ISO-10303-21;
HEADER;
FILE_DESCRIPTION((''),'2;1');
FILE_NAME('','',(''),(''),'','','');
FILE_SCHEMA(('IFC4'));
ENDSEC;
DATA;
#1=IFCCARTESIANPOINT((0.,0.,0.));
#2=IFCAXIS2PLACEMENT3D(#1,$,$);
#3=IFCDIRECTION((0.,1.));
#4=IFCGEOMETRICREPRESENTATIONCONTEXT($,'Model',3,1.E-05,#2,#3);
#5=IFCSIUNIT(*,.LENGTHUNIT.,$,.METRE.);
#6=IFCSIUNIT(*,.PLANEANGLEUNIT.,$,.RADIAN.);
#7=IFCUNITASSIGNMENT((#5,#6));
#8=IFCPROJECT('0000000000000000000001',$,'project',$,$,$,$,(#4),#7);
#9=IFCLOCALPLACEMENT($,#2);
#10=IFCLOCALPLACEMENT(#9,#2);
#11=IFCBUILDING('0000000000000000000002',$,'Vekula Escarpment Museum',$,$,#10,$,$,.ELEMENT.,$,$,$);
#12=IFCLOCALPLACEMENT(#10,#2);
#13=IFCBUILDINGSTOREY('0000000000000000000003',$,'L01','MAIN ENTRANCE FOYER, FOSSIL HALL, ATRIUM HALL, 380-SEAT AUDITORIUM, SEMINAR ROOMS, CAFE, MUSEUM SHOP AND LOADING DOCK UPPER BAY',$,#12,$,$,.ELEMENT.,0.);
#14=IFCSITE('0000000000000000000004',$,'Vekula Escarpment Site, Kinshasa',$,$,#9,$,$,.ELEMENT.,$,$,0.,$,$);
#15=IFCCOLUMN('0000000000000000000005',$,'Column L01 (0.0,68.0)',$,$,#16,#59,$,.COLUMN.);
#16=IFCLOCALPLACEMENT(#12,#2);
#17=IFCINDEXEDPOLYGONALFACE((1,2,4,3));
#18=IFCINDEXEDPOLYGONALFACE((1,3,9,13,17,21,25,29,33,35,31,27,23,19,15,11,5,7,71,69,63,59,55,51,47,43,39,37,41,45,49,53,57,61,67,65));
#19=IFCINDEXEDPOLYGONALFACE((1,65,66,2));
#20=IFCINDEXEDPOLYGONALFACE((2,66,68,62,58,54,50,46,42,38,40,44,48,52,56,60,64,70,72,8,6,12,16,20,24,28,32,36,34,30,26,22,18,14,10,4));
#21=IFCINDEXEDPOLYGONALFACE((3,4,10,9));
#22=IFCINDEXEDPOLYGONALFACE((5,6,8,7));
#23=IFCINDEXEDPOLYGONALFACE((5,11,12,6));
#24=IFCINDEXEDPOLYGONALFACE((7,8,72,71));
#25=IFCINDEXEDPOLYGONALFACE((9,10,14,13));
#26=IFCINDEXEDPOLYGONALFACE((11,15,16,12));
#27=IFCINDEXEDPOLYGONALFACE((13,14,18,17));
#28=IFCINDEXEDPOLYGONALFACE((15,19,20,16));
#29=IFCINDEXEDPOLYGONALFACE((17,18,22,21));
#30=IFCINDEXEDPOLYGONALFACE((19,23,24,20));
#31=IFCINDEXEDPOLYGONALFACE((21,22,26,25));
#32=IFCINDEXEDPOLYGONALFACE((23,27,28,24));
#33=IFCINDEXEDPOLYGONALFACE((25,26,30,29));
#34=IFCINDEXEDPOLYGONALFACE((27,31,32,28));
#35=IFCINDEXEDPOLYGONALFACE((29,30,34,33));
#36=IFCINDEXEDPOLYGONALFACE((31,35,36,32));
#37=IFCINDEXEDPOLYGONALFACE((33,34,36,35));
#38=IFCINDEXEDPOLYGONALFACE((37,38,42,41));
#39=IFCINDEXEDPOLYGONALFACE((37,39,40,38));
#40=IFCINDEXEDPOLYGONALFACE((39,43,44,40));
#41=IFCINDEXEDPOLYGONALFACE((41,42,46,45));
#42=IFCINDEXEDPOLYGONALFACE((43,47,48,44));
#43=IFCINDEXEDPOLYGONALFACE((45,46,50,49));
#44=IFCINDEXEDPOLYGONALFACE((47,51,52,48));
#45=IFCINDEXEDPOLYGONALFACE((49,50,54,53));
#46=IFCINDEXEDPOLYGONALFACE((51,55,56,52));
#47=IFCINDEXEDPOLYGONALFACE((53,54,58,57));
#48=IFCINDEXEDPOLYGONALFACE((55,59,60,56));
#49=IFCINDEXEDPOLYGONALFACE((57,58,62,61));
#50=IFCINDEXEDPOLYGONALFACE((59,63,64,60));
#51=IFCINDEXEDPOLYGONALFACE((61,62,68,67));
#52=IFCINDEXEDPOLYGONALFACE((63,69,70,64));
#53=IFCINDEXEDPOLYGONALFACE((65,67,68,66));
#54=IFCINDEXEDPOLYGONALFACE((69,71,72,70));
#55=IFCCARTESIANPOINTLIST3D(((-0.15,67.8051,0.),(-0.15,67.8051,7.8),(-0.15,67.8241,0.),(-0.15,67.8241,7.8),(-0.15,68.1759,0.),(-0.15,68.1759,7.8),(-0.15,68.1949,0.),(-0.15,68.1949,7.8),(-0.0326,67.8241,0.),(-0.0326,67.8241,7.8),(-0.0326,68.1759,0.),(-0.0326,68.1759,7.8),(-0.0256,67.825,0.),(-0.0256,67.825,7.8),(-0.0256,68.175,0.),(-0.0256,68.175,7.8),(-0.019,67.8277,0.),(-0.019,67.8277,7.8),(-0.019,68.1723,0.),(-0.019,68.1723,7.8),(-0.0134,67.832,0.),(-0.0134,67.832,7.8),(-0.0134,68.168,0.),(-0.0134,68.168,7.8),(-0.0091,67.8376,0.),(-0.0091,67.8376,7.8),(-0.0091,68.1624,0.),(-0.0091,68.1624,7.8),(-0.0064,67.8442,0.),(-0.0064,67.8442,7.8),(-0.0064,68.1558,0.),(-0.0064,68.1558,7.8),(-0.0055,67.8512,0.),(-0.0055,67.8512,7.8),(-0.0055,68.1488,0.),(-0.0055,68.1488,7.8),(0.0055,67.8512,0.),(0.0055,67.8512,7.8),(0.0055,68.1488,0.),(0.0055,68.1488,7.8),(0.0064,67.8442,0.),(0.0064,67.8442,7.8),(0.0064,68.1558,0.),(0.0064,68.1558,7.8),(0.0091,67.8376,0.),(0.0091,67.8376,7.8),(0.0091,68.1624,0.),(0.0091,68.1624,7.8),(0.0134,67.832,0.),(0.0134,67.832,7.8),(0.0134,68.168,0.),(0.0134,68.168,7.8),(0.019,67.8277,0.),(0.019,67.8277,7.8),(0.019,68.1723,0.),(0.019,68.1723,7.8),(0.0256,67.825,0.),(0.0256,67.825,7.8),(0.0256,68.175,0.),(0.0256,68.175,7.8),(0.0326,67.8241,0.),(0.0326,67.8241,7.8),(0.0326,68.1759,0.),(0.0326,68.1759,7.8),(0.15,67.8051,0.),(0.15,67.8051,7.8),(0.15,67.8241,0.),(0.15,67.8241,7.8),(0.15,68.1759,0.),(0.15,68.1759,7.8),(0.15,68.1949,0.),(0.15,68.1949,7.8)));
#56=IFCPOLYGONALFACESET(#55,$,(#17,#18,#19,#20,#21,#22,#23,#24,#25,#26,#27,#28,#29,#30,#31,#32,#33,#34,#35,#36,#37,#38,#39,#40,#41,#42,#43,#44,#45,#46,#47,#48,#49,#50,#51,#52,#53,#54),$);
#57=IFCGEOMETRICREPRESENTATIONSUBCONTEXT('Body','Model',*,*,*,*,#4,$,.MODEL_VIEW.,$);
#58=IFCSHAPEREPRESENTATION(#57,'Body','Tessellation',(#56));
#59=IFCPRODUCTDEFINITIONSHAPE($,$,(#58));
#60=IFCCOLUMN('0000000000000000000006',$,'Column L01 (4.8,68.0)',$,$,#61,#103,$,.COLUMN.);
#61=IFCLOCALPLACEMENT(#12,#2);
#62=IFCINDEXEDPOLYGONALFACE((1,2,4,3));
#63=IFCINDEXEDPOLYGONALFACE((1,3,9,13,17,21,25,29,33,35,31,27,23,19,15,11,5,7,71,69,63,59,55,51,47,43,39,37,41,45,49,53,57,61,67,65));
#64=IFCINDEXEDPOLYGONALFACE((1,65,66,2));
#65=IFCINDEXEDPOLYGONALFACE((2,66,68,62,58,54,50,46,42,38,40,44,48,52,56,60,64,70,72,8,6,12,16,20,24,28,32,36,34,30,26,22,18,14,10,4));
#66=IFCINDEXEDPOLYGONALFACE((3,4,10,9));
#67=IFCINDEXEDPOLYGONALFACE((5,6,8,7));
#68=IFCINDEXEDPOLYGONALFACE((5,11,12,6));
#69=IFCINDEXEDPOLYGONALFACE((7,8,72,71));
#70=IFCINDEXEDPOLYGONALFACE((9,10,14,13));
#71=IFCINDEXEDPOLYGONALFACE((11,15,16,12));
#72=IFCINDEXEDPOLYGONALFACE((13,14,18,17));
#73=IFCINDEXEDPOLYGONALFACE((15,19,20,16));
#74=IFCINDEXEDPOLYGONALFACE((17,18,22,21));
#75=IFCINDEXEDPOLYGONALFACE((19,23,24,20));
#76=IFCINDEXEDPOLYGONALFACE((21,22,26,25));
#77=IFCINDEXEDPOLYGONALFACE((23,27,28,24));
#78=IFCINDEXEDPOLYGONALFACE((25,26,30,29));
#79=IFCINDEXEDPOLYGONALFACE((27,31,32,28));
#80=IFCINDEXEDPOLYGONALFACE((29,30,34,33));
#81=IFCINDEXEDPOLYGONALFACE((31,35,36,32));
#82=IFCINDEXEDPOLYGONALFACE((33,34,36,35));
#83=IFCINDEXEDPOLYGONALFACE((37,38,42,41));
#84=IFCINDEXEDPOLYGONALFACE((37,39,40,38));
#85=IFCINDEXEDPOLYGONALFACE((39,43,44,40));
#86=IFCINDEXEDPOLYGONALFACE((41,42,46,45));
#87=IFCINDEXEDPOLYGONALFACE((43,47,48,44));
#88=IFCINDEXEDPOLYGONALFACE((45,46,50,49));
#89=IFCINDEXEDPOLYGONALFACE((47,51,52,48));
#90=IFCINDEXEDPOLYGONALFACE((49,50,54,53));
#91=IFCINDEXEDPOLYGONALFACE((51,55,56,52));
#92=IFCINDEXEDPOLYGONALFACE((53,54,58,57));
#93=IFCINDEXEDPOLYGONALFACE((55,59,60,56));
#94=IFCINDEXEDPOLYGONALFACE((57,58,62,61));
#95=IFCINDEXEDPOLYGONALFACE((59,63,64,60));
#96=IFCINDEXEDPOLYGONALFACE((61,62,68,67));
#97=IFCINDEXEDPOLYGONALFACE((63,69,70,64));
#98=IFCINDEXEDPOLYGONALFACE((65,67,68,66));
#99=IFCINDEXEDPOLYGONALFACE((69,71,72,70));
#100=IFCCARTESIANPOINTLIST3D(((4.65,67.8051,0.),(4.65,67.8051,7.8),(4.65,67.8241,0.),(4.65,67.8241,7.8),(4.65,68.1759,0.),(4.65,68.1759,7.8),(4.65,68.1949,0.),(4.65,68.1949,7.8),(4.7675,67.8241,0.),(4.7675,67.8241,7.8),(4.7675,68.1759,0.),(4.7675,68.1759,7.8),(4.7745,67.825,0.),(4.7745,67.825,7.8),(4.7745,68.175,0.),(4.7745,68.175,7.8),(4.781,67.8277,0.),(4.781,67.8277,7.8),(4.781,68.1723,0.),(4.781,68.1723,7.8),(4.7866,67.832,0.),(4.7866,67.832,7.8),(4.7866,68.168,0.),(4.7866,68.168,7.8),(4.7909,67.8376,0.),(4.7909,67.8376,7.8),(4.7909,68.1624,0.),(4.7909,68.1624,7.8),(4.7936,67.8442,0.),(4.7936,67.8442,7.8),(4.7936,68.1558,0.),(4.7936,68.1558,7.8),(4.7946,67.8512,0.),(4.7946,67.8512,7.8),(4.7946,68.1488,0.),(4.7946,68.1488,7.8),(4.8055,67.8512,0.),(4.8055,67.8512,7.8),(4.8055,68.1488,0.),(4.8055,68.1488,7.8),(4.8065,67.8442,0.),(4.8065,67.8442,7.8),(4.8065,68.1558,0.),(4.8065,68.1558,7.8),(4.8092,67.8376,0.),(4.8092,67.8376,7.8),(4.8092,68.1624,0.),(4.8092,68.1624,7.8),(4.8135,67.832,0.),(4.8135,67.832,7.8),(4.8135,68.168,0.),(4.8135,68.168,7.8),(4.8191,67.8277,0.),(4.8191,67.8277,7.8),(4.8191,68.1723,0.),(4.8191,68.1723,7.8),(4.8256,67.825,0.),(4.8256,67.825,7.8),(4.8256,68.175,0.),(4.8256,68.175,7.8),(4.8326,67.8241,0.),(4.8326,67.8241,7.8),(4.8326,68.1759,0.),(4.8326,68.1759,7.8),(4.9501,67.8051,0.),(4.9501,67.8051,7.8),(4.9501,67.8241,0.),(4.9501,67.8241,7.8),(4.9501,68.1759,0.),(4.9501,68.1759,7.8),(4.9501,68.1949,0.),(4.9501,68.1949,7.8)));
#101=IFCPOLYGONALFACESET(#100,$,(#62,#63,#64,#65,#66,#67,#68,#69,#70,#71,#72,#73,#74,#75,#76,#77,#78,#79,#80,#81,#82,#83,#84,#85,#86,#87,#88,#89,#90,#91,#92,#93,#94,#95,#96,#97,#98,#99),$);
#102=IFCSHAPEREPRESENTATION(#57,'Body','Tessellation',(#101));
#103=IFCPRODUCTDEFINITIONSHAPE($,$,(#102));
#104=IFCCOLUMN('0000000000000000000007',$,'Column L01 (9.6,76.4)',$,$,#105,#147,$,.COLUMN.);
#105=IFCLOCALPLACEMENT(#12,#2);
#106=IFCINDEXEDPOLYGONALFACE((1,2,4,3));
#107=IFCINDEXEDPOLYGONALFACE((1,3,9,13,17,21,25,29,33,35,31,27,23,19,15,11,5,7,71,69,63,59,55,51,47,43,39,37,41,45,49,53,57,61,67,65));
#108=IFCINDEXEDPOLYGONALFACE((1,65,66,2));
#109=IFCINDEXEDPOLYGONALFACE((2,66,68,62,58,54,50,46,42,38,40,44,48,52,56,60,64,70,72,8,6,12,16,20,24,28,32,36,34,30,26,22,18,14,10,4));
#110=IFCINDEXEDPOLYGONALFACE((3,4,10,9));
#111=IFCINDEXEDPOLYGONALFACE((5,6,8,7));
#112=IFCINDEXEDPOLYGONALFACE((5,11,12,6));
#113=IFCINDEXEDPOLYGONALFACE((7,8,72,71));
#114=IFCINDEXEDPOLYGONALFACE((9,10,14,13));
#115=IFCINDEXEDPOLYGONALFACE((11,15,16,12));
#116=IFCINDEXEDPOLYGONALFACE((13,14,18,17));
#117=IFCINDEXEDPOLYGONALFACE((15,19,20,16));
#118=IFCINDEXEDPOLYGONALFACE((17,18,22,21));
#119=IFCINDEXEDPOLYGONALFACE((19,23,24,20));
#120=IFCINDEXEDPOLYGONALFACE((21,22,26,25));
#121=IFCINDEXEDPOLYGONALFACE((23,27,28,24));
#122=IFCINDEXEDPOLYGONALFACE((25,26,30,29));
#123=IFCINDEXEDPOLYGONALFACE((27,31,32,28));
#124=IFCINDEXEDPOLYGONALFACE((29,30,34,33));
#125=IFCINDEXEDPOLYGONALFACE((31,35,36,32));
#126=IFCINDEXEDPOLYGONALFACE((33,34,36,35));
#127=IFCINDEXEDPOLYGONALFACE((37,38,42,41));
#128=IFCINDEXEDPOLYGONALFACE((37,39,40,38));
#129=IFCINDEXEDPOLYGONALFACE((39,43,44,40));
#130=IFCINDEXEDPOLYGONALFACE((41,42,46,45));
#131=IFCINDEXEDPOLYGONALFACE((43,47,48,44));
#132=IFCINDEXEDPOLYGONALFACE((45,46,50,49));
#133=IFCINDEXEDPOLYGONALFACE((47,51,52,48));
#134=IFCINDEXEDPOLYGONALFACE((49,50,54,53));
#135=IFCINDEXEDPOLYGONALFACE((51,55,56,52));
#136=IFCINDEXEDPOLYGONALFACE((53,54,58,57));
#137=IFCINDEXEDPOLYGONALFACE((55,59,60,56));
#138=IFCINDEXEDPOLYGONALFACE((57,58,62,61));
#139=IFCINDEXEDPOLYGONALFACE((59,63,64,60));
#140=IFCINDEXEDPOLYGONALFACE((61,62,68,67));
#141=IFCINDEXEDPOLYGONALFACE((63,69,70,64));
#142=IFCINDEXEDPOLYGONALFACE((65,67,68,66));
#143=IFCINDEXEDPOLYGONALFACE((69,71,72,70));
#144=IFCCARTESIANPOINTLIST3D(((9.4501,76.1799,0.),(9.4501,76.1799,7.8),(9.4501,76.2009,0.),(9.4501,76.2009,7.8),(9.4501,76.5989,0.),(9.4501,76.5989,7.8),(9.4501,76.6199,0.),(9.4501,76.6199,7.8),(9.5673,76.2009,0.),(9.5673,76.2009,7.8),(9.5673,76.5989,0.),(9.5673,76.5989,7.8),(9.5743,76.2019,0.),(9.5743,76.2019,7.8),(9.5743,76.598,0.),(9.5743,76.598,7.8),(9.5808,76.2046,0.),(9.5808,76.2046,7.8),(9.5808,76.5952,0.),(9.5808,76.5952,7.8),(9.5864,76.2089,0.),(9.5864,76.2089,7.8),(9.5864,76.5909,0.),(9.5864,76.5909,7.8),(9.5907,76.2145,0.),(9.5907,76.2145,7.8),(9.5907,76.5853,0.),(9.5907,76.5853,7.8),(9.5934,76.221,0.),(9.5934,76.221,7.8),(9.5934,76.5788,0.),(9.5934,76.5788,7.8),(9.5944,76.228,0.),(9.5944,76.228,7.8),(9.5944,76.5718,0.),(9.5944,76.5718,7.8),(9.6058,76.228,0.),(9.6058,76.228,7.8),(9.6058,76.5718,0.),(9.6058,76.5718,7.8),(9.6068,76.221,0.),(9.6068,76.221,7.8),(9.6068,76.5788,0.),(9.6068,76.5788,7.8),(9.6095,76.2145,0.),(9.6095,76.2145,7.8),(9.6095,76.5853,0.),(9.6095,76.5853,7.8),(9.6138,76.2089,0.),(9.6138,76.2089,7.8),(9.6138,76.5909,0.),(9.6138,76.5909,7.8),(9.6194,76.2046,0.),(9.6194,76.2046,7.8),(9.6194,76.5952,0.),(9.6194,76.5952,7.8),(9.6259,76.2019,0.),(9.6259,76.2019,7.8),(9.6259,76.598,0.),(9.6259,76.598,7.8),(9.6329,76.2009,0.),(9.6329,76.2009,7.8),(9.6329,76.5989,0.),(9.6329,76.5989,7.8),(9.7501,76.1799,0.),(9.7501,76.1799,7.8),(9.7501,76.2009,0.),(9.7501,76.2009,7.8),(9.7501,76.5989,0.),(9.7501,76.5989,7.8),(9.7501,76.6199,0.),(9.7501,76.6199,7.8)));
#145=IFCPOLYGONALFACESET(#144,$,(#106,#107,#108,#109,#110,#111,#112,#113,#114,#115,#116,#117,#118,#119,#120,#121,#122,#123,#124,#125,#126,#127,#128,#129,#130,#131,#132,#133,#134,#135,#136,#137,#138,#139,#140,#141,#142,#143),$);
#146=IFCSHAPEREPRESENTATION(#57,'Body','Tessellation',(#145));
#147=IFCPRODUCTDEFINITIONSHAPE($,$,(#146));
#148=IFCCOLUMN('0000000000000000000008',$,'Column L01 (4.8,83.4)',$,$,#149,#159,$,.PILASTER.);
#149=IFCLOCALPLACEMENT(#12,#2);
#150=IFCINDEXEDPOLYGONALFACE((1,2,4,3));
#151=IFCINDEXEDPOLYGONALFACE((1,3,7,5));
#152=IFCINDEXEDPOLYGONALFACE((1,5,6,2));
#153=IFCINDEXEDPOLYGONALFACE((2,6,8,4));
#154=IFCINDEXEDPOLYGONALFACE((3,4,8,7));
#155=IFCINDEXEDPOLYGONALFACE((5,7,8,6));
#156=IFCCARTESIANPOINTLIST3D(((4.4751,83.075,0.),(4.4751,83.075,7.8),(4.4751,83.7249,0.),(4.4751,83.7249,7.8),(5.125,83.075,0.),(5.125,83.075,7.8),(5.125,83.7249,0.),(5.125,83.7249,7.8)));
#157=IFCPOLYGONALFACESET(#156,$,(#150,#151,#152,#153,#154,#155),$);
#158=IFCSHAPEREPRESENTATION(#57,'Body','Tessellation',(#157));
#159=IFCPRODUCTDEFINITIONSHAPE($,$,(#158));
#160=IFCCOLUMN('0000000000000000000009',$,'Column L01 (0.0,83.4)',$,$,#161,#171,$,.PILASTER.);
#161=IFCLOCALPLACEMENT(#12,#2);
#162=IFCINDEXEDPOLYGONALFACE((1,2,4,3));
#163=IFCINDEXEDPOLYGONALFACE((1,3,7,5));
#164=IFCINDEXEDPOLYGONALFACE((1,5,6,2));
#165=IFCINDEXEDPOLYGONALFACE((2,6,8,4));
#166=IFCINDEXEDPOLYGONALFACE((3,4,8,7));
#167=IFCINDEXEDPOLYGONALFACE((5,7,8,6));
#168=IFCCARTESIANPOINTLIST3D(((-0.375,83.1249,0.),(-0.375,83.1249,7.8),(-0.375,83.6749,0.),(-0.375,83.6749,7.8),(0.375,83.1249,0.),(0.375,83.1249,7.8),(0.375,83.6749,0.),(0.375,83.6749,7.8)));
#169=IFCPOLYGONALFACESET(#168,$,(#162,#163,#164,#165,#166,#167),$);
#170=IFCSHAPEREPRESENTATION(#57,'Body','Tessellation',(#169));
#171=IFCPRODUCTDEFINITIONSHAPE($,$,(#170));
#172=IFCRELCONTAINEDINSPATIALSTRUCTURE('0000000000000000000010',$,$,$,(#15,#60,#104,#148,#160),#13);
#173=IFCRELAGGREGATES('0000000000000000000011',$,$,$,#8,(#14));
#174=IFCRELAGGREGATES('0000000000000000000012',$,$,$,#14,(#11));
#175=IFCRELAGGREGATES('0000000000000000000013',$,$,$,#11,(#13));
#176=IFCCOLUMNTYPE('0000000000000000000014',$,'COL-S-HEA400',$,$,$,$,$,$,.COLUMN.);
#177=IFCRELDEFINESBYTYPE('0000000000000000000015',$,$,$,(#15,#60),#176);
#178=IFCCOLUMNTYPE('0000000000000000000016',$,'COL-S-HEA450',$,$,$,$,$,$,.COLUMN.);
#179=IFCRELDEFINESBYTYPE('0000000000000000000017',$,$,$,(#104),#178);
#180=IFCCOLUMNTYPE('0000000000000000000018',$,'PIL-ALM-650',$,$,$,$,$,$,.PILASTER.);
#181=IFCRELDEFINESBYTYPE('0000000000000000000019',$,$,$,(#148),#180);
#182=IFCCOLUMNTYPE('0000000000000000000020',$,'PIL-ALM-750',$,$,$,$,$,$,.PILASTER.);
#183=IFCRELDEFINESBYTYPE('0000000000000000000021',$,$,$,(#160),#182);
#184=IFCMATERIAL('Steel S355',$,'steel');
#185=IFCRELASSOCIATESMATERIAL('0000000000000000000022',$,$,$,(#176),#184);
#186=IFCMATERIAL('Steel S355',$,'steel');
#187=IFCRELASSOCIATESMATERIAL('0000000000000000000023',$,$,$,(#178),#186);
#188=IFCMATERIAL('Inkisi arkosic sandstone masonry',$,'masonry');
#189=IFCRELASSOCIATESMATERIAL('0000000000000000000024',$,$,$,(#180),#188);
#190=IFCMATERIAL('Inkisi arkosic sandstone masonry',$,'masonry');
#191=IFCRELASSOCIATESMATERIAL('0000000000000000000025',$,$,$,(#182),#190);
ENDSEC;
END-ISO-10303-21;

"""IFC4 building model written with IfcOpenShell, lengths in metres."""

from ifc_helpers import new_model, si_unit, direction, frame, origin, origin_2d, place, context, subcontext, project, spatial, rectangle, i_section, extrude, material, material_profile, profile_set, type_object, element, save


model = new_model("IFC4")

# Units and contexts
model_context = context("Model", 3, precision=1e-05, world=origin(), true_north=direction((0.0, 1.0)))
body_context = subcontext(model_context, "Body", "Model", "MODEL_VIEW")
ifc_project = project(units=[si_unit("LENGTHUNIT", "METRE"), si_unit("PLANEANGLEUNIT", "RADIAN")], contexts=[model_context])

# Site, building, storey
site_placement = place(None, origin())
site = spatial("IfcSite", under=ifc_project, at=site_placement, Name="Vekula Escarpment Site, Kinshasa", CompositionType="ELEMENT", RefElevation=0.0)
building_placement = place(site_placement, origin())
building = spatial("IfcBuilding", under=site, at=building_placement, Name="Vekula Escarpment Museum", CompositionType="ELEMENT")
storey_placement = place(building_placement, origin())
storey = spatial("IfcBuildingStorey", under=building, at=storey_placement, Name="L01", Description="MAIN ENTRANCE FOYER, FOSSIL HALL, ATRIUM HALL, 380-SEAT AUDITORIUM, SEMINAR ROOMS, CAFE, MUSEUM SHOP AND LOADING DOCK UPPER BAY", CompositionType="ELEMENT", Elevation=0.0)

# Columns
ifc_material_1 = material(Name="Steel S355", Category="steel")
ifc_material_profile_1 = material_profile(ifc_material_1, i_section(OverallWidth=0.3, OverallDepth=0.3899, WebThickness=0.011, FlangeThickness=0.019, FilletRadius=0.0271, at=origin_2d()), Name="HEA 400")
ifc_profile_set_1 = profile_set([ifc_material_profile_1], Name="Steel S355")
column_type_1 = type_object("IfcColumnType", Name="COL-S-HEA400", PredefinedType="COLUMN", material=ifc_profile_set_1)
for number, where, z_axis, x_axis, name in (
    (1, (0.0, 68.0, 0.0), (0.0, 0.0, 1.0), (1.0, 0.0, 0.0), "Column L01 (0.0,68.0)"),
    (2, (4.8, 68.0, 0.0), (0.0, 0.0, 1.0), (1.0, 0.0, 0.0), "Column L01 (4.8,68.0)"),
):
    element("IfcColumn", number, at=place(storey_placement, frame(where, z_axis=z_axis, x_axis=x_axis)), inside=storey, type_object=column_type_1, Name=name, PredefinedType="COLUMN", context=body_context, shape_type="SweptSolid", body=[
        extrude(i_section(OverallWidth=0.3, OverallDepth=0.3899, WebThickness=0.011, FlangeThickness=0.019, FilletRadius=0.0271, at=origin_2d()), origin(), (0.0, 0.0, 1.0), 7.8),
    ])
ifc_material_2 = material(Name="Steel S355", Category="steel")
ifc_material_profile_2 = material_profile(ifc_material_2, i_section(OverallWidth=0.3, OverallDepth=0.4399, WebThickness=0.0115, FlangeThickness=0.021, FilletRadius=0.0271, at=origin_2d()), Name="HEA 450")
ifc_profile_set_2 = profile_set([ifc_material_profile_2], Name="Steel S355")
column_type_2 = type_object("IfcColumnType", Name="COL-S-HEA450", PredefinedType="COLUMN", material=ifc_profile_set_2)
column_1_placement = place(storey_placement, frame((9.6001, 76.3999, 0.0), z_axis=(0.0, 0.0, 1.0), x_axis=(1.0, 0.0, 0.0)))
element("IfcColumn", 3, at=column_1_placement, inside=storey, type_object=column_type_2, Name="Column L01 (9.6,76.4)", PredefinedType="COLUMN", context=body_context, shape_type="SweptSolid", body=[
    extrude(i_section(OverallWidth=0.3, OverallDepth=0.4399, WebThickness=0.0115, FlangeThickness=0.021, FilletRadius=0.0271, at=origin_2d()), origin(), (0.0, 0.0, 1.0), 7.8),
])
ifc_material_3 = material(Name="Inkisi arkosic sandstone masonry", Category="masonry")
ifc_material_profile_3 = material_profile(ifc_material_3, rectangle(XDim=0.6499, YDim=0.6499, at=origin_2d()), Name="PIER 650x650")
ifc_profile_set_3 = profile_set([ifc_material_profile_3], Name="Inkisi arkosic sandstone masonry")
column_type_3 = type_object("IfcColumnType", Name="PIL-ALM-650", PredefinedType="PILASTER", material=ifc_profile_set_3)
column_2_placement = place(storey_placement, frame((4.8, 83.3999, 0.0), z_axis=(0.0, 0.0, 1.0), x_axis=(1.0, 0.0, 0.0)))
element("IfcColumn", 4, at=column_2_placement, inside=storey, type_object=column_type_3, Name="Column L01 (4.8,83.4)", PredefinedType="PILASTER", context=body_context, shape_type="SweptSolid", body=[
    extrude(rectangle(XDim=0.6499, YDim=0.6499, at=origin_2d()), origin(), (0.0, 0.0, 1.0), 7.8),
])
ifc_material_4 = material(Name="Inkisi arkosic sandstone masonry", Category="masonry")
ifc_material_profile_4 = material_profile(ifc_material_4, rectangle(XDim=0.75, YDim=0.55, at=origin_2d()), Name="PIER 750x550")
ifc_profile_set_4 = profile_set([ifc_material_profile_4], Name="Inkisi arkosic sandstone masonry")
column_type_4 = type_object("IfcColumnType", Name="PIL-ALM-750", PredefinedType="PILASTER", material=ifc_profile_set_4)
column_3_placement = place(storey_placement, frame((0.0, 83.3999, 0.0), z_axis=(0.0, 0.0, 1.0), x_axis=(1.0, 0.0, 0.0)))
element("IfcColumn", 5, at=column_3_placement, inside=storey, type_object=column_type_4, Name="Column L01 (0.0,83.4)", PredefinedType="PILASTER", context=body_context, shape_type="SweptSolid", body=[
    extrude(rectangle(XDim=0.75, YDim=0.55, at=origin_2d()), origin(), (0.0, 0.0, 1.0), 7.8),
])

save(model, "model.ifc")
